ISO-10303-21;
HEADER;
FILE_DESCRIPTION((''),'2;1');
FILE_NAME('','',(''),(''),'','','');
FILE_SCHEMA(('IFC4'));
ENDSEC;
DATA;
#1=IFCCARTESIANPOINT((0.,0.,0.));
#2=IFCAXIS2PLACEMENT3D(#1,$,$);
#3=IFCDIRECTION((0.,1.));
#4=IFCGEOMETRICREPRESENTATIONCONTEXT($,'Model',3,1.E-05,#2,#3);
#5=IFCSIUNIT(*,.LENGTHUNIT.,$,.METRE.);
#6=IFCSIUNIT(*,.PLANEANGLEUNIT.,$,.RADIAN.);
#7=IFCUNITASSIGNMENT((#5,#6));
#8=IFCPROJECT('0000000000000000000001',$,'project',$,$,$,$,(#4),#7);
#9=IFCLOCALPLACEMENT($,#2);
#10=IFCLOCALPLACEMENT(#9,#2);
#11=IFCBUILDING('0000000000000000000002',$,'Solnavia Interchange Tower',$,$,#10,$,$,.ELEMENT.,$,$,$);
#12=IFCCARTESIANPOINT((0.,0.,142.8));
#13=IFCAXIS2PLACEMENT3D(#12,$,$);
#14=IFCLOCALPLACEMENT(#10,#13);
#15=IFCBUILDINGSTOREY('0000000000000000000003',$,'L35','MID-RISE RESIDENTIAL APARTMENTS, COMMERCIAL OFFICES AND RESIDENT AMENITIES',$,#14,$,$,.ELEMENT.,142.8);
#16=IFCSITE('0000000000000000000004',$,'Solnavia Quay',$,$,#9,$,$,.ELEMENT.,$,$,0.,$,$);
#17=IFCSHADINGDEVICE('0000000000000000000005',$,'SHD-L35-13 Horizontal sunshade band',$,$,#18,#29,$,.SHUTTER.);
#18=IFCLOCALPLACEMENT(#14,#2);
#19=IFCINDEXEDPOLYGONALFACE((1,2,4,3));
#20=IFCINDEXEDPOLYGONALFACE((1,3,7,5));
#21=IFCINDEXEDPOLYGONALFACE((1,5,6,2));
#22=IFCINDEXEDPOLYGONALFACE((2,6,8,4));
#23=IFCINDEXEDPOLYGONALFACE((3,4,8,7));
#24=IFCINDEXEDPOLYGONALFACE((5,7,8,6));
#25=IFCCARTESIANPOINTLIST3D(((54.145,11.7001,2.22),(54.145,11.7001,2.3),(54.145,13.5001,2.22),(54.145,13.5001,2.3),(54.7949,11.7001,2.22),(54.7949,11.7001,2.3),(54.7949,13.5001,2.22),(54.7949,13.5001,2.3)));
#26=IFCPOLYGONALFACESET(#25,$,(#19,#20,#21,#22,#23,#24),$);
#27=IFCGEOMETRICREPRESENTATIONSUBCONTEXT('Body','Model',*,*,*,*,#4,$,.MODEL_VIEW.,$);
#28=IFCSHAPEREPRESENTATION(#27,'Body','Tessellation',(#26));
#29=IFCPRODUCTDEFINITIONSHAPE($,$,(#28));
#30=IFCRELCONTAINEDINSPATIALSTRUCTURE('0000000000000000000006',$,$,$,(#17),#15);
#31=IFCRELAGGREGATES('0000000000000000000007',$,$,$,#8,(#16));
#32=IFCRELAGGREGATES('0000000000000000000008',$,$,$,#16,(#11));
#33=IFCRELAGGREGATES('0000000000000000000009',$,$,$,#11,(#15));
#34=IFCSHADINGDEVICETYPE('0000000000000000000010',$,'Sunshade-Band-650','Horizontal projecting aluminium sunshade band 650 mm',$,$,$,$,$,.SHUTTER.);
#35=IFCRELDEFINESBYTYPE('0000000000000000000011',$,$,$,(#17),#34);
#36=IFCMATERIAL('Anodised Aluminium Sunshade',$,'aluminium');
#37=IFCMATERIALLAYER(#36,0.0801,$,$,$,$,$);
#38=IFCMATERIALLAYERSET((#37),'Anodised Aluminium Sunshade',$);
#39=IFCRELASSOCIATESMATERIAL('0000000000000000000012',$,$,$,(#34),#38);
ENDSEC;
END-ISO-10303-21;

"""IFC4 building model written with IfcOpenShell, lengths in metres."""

from ifc_helpers import new_model, si_unit, direction, frame, origin, origin_2d, place, context, subcontext, project, spatial, rectangle, extrude, material, layer, layer_set, type_object, element, save


model = new_model("IFC4")

# Units and contexts
model_context = context("Model", 3, precision=1e-05, world=origin(), true_north=direction((0.0, 1.0)))
body_context = subcontext(model_context, "Body", "Model", "MODEL_VIEW")
ifc_project = project(units=[si_unit("LENGTHUNIT", "METRE"), si_unit("PLANEANGLEUNIT", "RADIAN")], contexts=[model_context])

# Site, building, storey
site_placement = place(None, origin())
site = spatial("IfcSite", under=ifc_project, at=site_placement, Name="Solnavia Quay", CompositionType="ELEMENT", RefElevation=0.0)
building_placement = place(site_placement, origin())
building = spatial("IfcBuilding", under=site, at=building_placement, Name="Solnavia Interchange Tower", CompositionType="ELEMENT")
storey_placement = place(building_placement, frame((0.0, 0.0, 142.8)))
storey = spatial("IfcBuildingStorey", under=building, at=storey_placement, Name="L35", Description="MID-RISE RESIDENTIAL APARTMENTS, COMMERCIAL OFFICES AND RESIDENT AMENITIES", CompositionType="ELEMENT", Elevation=142.8)

# Shading device
ifc_material_1 = material(Name="Anodised Aluminium Sunshade", Category="aluminium")
ifc_layer_1 = layer(ifc_material_1, 0.0801)
ifc_layer_set_1 = layer_set([ifc_layer_1], Name="Anodised Aluminium Sunshade")
shading_device_type = type_object("IfcShadingDeviceType", Name="Sunshade-Band-650", Description="Horizontal projecting aluminium sunshade band 650 mm", PredefinedType="SHUTTER", material=ifc_layer_set_1)
for number, where, z_axis, x_axis, name in (
    (1, (54.47, 12.6001, 2.22), (0.0, 0.0, 1.0), (0.0, -1.0, 0.0), "SHD-L35-13 Horizontal sunshade band"),
):
    element("IfcShadingDevice", number, at=place(storey_placement, frame(where, z_axis=z_axis, x_axis=x_axis)), inside=storey, type_object=shading_device_type, Name=name, PredefinedType="SHUTTER", context=body_context, shape_type="SweptSolid", body=[
        extrude(rectangle(XDim=1.8, YDim=0.6499, at=origin_2d()), origin(), (0.0, 0.0, 1.0), 0.0801),
    ])

save(model, "model.ifc")
